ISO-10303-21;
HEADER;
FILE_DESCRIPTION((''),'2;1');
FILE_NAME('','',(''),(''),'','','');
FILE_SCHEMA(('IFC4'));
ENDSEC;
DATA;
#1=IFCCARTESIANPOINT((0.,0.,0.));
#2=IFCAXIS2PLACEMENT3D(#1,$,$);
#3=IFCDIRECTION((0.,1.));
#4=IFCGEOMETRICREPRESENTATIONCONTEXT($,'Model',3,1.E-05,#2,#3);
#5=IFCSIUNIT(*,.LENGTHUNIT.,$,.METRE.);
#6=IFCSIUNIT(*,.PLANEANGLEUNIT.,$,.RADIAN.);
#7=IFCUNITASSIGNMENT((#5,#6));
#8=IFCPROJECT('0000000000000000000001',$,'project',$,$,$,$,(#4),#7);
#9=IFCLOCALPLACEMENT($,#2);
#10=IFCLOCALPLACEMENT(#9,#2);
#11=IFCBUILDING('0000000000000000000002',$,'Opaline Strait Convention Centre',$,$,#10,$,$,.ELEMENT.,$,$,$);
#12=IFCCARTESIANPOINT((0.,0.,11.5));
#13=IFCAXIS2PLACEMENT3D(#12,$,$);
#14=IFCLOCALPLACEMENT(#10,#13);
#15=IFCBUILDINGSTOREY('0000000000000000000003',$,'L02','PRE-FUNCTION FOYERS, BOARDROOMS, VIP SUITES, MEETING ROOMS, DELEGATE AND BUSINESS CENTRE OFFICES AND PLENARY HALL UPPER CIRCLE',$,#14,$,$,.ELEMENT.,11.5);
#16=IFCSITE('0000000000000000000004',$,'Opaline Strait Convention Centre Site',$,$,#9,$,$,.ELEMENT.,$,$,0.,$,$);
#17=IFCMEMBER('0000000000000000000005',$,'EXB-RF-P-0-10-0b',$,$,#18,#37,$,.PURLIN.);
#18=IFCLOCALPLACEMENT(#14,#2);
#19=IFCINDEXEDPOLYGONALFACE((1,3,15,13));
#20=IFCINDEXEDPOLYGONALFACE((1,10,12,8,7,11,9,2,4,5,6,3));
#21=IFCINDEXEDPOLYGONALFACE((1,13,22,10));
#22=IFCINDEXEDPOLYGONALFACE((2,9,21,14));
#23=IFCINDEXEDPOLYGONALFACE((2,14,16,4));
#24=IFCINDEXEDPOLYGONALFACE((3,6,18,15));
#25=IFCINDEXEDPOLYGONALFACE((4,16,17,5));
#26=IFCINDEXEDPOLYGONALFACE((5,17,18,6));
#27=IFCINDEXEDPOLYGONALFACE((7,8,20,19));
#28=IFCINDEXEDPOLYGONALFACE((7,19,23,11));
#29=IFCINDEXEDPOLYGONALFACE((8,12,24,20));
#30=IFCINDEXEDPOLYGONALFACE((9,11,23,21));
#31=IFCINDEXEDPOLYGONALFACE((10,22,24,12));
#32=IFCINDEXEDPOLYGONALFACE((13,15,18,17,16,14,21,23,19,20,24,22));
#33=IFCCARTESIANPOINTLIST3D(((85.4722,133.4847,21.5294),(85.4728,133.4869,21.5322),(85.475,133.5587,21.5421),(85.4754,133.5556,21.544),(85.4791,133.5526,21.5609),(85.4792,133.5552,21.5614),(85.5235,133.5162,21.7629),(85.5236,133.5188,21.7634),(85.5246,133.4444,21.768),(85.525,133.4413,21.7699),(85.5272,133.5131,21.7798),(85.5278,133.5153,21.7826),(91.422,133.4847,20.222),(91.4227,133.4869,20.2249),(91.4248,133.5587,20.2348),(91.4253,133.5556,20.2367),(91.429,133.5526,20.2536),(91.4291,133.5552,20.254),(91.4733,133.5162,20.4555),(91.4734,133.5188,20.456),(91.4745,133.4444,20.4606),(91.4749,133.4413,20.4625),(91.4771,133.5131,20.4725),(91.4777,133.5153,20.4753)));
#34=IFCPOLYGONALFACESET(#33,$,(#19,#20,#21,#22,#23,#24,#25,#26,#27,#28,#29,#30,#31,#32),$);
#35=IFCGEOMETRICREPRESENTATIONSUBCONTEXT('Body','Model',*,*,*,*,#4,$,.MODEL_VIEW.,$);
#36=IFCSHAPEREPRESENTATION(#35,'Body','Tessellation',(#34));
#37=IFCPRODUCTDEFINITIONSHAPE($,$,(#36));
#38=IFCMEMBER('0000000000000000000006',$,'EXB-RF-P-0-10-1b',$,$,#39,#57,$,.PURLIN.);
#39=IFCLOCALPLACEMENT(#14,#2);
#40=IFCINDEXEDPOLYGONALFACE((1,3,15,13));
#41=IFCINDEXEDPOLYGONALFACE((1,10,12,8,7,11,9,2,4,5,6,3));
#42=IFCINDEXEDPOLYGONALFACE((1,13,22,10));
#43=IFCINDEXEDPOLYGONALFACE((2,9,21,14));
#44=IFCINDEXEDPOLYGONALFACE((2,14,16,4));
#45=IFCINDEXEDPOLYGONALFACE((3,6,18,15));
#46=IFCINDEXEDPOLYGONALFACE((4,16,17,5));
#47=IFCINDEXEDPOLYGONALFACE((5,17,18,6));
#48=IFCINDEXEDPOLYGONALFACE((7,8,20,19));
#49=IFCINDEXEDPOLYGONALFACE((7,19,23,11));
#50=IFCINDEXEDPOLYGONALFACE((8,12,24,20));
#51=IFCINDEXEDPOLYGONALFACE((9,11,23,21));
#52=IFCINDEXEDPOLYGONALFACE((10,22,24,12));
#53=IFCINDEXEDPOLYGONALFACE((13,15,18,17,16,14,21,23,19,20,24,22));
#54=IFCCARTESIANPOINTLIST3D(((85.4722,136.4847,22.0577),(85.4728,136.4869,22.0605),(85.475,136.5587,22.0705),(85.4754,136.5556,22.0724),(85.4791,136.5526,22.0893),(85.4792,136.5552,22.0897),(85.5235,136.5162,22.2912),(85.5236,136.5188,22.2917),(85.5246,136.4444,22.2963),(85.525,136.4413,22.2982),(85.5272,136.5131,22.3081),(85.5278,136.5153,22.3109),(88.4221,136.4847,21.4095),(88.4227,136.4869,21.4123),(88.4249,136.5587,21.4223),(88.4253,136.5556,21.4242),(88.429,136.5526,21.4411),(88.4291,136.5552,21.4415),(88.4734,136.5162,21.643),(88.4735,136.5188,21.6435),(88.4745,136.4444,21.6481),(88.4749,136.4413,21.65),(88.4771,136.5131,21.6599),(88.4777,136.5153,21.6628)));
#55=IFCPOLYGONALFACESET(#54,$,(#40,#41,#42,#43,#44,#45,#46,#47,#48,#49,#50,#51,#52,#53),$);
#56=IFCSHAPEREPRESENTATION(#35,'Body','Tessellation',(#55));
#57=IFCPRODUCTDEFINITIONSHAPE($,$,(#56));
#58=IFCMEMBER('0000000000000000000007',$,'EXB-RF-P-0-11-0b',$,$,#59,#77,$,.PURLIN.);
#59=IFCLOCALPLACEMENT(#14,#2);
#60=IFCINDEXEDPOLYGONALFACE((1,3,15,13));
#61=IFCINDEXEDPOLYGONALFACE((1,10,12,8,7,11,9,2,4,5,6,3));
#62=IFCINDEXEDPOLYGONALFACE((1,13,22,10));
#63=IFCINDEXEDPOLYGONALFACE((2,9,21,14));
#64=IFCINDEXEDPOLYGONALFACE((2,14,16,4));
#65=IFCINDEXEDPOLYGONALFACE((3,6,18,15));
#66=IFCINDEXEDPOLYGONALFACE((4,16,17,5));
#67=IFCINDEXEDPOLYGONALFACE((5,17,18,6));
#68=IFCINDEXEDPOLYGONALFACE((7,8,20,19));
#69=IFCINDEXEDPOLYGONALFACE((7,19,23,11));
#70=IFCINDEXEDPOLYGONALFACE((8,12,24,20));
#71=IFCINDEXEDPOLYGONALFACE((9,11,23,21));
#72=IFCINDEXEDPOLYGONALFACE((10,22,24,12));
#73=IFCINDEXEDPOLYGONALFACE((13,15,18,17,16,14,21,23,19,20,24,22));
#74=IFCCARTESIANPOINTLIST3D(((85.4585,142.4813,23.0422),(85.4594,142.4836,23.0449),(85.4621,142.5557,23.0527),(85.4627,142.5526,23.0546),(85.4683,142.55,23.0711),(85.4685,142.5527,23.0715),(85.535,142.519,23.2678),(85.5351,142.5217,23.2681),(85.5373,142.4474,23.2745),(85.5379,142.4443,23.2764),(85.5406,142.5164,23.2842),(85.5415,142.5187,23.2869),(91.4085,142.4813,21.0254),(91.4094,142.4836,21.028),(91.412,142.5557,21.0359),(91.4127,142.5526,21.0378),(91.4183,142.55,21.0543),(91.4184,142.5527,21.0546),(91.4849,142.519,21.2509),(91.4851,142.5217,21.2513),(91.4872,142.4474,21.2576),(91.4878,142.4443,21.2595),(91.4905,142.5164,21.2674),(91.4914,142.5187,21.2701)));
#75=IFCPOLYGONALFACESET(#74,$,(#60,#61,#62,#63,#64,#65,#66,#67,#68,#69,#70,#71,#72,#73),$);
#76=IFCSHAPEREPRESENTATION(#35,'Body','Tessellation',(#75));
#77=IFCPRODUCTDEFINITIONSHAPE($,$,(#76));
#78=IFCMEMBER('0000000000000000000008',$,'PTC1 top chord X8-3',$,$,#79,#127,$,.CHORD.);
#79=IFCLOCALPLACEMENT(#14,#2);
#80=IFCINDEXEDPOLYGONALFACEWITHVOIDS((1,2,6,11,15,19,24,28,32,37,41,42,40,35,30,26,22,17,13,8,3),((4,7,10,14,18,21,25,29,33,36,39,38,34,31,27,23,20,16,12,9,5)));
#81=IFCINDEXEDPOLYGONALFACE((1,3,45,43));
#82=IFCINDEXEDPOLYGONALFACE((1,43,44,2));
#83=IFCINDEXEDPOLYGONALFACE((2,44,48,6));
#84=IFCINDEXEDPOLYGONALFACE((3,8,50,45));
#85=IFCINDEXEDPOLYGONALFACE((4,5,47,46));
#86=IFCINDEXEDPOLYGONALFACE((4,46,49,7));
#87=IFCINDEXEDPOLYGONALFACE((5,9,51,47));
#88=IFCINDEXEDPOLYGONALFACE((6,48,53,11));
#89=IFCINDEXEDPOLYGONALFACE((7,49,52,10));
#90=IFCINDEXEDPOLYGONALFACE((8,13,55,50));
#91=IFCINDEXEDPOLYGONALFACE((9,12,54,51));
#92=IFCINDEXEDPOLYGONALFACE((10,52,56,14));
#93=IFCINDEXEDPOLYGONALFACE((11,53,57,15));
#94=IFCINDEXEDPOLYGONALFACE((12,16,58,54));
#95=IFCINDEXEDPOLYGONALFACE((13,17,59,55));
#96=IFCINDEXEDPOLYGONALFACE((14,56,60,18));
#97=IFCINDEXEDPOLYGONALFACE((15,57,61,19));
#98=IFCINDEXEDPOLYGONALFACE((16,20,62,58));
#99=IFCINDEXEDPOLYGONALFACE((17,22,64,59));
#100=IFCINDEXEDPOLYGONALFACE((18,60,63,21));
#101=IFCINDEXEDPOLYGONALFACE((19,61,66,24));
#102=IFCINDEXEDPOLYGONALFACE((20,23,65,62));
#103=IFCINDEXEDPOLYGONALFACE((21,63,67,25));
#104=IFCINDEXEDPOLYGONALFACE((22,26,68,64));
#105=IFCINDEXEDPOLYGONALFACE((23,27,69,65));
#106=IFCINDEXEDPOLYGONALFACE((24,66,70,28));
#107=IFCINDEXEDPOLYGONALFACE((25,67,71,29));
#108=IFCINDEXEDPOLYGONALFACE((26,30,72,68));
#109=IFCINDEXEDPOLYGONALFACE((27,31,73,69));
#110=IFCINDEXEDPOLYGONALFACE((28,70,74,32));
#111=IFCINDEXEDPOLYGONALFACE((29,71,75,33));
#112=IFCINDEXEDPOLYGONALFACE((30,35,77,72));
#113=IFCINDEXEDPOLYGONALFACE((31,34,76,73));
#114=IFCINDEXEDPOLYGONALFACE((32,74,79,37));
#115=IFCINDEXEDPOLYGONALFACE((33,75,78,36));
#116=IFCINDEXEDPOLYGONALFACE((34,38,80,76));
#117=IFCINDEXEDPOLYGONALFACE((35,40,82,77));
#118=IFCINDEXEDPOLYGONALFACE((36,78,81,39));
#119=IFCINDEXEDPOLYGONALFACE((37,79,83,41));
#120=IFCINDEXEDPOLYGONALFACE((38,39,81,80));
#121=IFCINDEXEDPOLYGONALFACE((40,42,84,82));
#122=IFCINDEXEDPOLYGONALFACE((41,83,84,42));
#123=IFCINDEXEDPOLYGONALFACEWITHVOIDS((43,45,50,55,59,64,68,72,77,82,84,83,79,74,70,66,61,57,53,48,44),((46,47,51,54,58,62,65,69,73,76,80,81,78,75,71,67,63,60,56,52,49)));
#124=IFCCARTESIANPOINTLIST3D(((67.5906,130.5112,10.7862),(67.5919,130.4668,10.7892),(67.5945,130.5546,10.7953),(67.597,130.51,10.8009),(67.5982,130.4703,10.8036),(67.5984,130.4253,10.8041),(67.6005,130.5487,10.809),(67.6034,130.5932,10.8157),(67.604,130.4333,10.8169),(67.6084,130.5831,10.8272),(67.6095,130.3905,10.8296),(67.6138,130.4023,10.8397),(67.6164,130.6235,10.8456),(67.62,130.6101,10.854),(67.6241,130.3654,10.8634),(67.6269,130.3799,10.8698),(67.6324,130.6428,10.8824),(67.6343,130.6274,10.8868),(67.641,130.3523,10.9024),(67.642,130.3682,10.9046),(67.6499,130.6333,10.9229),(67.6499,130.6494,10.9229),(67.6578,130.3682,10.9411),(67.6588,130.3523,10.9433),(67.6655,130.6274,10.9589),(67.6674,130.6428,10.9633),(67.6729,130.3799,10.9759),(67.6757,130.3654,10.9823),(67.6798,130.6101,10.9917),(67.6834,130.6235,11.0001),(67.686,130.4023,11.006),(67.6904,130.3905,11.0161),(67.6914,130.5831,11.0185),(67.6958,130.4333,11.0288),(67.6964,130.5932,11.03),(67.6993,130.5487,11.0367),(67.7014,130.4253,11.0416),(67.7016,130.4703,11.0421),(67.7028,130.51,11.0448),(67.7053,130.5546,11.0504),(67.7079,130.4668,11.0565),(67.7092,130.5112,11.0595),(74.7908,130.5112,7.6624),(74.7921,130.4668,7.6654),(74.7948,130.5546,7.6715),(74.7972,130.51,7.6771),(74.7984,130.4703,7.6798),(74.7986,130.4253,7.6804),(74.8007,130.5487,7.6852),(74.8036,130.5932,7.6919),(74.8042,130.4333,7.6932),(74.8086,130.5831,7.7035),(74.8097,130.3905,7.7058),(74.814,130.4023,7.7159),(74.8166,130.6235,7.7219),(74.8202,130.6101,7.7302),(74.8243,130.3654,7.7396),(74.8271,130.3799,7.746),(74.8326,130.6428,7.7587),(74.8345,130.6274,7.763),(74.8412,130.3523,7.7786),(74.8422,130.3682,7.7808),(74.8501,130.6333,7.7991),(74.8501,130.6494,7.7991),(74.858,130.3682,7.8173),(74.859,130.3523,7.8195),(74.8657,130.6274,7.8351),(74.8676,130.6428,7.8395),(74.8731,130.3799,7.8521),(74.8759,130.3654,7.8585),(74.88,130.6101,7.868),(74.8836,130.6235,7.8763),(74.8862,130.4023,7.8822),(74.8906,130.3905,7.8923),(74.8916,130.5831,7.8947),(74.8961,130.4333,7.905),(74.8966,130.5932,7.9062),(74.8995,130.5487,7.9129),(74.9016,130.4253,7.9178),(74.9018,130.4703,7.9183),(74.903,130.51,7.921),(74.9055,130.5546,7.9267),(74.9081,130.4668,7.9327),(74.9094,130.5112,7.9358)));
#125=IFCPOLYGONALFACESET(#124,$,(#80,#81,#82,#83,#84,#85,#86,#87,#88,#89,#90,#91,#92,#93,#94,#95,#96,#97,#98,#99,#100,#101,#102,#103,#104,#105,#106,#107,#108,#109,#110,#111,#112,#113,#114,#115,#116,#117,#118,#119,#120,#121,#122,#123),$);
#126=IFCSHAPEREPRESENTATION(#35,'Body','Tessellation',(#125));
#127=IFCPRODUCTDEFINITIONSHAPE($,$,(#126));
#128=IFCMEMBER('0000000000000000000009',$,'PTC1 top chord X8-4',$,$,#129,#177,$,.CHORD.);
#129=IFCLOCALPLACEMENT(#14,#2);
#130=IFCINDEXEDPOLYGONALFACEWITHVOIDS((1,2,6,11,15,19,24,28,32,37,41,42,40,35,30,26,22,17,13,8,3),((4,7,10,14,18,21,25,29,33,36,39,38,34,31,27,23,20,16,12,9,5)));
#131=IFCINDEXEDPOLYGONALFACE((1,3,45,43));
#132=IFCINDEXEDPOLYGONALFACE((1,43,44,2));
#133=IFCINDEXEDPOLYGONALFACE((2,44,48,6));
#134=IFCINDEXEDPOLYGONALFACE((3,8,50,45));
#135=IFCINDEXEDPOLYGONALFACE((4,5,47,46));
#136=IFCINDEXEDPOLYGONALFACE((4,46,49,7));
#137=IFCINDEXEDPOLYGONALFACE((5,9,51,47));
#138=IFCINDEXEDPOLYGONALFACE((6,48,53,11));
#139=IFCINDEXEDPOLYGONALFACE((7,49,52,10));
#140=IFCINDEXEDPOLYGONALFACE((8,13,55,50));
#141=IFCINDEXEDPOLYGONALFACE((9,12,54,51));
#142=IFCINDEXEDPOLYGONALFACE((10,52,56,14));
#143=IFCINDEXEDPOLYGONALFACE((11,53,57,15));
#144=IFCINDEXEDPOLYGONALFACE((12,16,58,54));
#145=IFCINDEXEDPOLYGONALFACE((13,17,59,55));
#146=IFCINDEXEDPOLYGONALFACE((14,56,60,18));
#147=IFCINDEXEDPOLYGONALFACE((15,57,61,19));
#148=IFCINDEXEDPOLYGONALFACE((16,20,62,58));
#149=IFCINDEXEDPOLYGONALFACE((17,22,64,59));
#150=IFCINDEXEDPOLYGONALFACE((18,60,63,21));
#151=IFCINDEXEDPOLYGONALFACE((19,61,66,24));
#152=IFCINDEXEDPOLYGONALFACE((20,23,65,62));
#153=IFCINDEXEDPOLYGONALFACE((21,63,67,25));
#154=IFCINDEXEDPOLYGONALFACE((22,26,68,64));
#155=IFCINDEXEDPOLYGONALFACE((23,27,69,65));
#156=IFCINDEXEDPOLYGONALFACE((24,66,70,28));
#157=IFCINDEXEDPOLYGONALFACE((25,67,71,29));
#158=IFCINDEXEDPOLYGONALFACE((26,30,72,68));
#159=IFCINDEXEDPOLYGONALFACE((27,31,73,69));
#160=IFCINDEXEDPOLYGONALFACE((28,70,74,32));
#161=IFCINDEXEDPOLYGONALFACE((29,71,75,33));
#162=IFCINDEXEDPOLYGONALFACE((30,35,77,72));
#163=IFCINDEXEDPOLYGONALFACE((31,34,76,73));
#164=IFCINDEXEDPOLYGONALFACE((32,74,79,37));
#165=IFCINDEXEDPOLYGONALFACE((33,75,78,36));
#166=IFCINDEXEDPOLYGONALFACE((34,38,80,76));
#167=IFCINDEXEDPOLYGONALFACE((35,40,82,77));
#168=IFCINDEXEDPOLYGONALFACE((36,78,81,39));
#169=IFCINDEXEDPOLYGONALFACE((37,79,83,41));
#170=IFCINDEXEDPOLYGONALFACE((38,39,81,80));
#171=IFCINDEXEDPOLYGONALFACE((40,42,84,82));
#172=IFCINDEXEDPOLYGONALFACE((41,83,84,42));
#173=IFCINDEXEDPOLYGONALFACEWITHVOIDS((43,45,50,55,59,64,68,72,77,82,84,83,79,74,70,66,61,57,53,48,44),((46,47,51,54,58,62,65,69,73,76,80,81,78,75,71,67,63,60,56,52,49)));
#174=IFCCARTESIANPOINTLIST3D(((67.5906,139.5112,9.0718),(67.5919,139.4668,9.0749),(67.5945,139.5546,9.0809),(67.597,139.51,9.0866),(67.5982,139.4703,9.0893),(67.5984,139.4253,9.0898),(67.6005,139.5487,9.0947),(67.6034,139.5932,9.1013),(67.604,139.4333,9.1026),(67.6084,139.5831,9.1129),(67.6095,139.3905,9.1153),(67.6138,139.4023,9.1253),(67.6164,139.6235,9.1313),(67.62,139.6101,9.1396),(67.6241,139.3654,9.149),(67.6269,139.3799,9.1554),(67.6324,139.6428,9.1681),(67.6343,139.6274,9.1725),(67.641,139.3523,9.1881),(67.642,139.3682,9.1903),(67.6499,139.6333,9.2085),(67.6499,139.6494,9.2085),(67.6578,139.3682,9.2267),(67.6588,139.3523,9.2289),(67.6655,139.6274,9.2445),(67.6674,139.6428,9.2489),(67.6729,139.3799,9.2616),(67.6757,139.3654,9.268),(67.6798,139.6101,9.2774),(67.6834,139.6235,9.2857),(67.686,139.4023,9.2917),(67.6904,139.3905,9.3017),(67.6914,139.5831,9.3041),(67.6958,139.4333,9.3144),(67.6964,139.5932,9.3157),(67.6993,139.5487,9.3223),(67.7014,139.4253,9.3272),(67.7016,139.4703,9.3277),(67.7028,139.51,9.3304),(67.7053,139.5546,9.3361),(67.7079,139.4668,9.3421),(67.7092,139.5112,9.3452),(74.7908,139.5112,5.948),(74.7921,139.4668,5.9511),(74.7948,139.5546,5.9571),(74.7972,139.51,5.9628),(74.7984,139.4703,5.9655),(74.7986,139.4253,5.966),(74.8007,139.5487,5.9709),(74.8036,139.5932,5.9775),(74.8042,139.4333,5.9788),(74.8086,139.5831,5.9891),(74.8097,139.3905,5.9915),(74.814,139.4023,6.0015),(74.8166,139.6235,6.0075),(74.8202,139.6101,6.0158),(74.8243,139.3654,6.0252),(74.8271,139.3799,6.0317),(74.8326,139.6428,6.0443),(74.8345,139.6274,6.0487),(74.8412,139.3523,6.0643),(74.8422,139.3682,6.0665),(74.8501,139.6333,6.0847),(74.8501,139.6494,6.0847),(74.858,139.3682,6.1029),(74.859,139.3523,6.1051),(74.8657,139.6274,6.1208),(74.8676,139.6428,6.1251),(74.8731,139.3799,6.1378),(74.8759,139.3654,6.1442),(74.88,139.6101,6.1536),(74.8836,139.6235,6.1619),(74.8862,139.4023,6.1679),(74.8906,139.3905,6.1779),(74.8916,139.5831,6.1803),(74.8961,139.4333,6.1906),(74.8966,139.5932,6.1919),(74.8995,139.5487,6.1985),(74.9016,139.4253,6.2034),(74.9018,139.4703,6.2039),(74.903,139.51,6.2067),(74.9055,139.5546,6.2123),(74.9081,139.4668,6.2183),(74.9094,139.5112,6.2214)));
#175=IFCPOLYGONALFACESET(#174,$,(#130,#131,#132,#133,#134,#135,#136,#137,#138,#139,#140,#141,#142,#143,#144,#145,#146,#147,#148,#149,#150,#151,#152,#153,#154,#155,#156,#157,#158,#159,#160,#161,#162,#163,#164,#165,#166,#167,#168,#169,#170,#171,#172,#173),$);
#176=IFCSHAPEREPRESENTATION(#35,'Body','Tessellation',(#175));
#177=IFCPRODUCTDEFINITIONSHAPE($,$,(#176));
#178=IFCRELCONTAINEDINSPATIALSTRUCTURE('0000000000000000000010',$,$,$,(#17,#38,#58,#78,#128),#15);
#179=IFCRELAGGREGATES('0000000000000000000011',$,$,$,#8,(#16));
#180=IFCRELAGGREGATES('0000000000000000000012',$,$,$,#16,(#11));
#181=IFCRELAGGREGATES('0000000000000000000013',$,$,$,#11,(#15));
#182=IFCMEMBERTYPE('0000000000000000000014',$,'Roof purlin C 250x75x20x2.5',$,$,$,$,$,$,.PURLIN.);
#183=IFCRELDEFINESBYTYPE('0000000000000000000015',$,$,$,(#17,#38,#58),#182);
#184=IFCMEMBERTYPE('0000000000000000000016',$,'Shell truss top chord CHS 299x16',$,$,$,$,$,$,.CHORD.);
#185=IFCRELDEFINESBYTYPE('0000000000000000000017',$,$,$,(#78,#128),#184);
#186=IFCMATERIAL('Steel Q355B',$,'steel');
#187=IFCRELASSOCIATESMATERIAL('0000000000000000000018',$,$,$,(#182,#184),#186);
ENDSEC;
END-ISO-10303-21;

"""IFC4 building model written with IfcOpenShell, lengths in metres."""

from ifc_helpers import new_model, si_unit, direction, frame, origin, origin_2d, place, context, subcontext, project, spatial, polyline, hollow_circle, outline, extrude, material, material_profile, profile_set, type_object, element, save


model = new_model("IFC4")

# Units and contexts
model_context = context("Model", 3, precision=1e-05, world=origin(), true_north=direction((0.0, 1.0)))
body_context = subcontext(model_context, "Body", "Model", "MODEL_VIEW")
ifc_project = project(units=[si_unit("LENGTHUNIT", "METRE"), si_unit("PLANEANGLEUNIT", "RADIAN")], contexts=[model_context])

# Site, building, storey
site_placement = place(None, origin())
site = spatial("IfcSite", under=ifc_project, at=site_placement, Name="Opaline Strait Convention Centre Site", CompositionType="ELEMENT", RefElevation=0.0)
building_placement = place(site_placement, origin())
building = spatial("IfcBuilding", under=site, at=building_placement, Name="Opaline Strait Convention Centre", CompositionType="ELEMENT")
storey_placement = place(building_placement, frame((0.0, 0.0, 11.5)))
storey = spatial("IfcBuildingStorey", under=building, at=storey_placement, Name="L02", Description="PRE-FUNCTION FOYERS, BOARDROOMS, VIP SUITES, MEETING ROOMS, DELEGATE AND BUSINESS CENTRE OFFICES AND PLENARY HALL UPPER CIRCLE", CompositionType="ELEMENT", Elevation=11.5)

# Members
ifc_material_1 = material(Name="Steel Q355B", Category="steel")
ifc_material_profile_1 = material_profile(ifc_material_1, outline(polyline([(-0.0376, -0.125), (0.0376, -0.125), (0.0376, -0.105), (0.0349, -0.105), (0.0349, -0.1226), (-0.0349, -0.1226), (-0.0349, 0.1226), (0.0349, 0.1226), (0.0349, 0.105), (0.0376, 0.105), (0.0376, 0.125), (-0.0376, 0.125), (-0.0376, -0.125)])), Name="C 250x75x20x2.5")
ifc_profile_set_1 = profile_set([ifc_material_profile_1], Name="Steel Q355B")
member_type_1 = type_object("IfcMemberType", Name="Roof purlin C 250x75x20x2.5", PredefinedType="PURLIN", material=ifc_profile_set_1)
member_1_placement = place(storey_placement, frame((85.5, 133.5, 21.656), z_axis=(0.9767, 0.0, -0.214609), x_axis=(0.037218, 0.984847, 0.169384)))
element("IfcMember", 1, at=member_1_placement, inside=storey, type_object=member_type_1, Name="EXB-RF-P-0-10-0b", PredefinedType="PURLIN", context=body_context, shape_type="SweptSolid", body=[
    extrude(outline(polyline([(-0.0376, -0.125), (0.0376, -0.125), (0.0376, -0.105), (0.0349, -0.105), (0.0349, -0.1226), (-0.0349, -0.1226), (-0.0349, 0.1226), (0.0349, 0.1226), (0.0349, 0.105), (0.0376, 0.105), (0.0376, 0.125), (-0.0376, 0.125), (-0.0376, -0.125)])), origin(), (0.0, 0.0, 1.0), 6.0918),
])
member_2_placement = place(storey_placement, frame((85.5, 136.5, 22.1843), z_axis=(0.9767, 0.0, -0.21461), x_axis=(0.037219, 0.984847, 0.169384)))
element("IfcMember", 2, at=member_2_placement, inside=storey, type_object=member_type_1, Name="EXB-RF-P-0-10-1b", PredefinedType="PURLIN", context=body_context, shape_type="SweptSolid", body=[
    extrude(outline(polyline([(-0.0376, -0.125), (0.0376, -0.125), (0.0376, -0.105), (0.0349, -0.105), (0.0349, -0.1226), (-0.0349, -0.1226), (-0.0349, 0.1226), (0.0349, 0.1226), (0.0349, 0.105), (0.0376, 0.105), (0.0376, 0.125), (-0.0376, 0.125), (-0.0376, -0.125)])), origin(), (0.0, 0.0, 1.0), 3.0203),
])
member_3_placement = place(storey_placement, frame((85.5, 142.5, 23.1646), z_axis=(0.94707, 0.0, -0.321027), x_axis=(0.047437, 0.989022, 0.139945)))
element("IfcMember", 3, at=member_3_placement, inside=storey, type_object=member_type_1, Name="EXB-RF-P-0-11-0b", PredefinedType="PURLIN", context=body_context, shape_type="SweptSolid", body=[
    extrude(outline(polyline([(-0.0376, -0.125), (0.0376, -0.125), (0.0376, -0.105), (0.0349, -0.105), (0.0349, -0.1226), (-0.0349, -0.1226), (-0.0349, 0.1226), (0.0349, 0.1226), (0.0349, 0.105), (0.0376, 0.105), (0.0376, 0.125), (-0.0376, 0.125), (-0.0376, -0.125)])), origin(), (0.0, 0.0, 1.0), 6.2825),
])
ifc_material_profile_2 = material_profile(ifc_material_1, hollow_circle(Radius=0.1494, WallThickness=0.0161, at=origin_2d()), Name="CHS 299x16")
ifc_profile_set_2 = profile_set([ifc_material_profile_2], Name="Steel Q355B")
member_type_2 = type_object("IfcMemberType", Name="Shell truss top chord CHS 299x16", PredefinedType="CHORD", material=ifc_profile_set_2)
for number, where, z_axis, x_axis, name in (
    (4, (67.6499, 130.5, 10.9229), (0.917384, 0.0, -0.398004), (0.0, 1.0, 0.0), "PTC1 top chord X8-3"),
    (5, (67.6499, 139.5, 9.2085), (0.917384, 0.0, -0.398004), (0.0, 1.0, 0.0), "PTC1 top chord X8-4"),
):
    element("IfcMember", number, at=place(storey_placement, frame(where, z_axis=z_axis, x_axis=x_axis)), inside=storey, type_object=member_type_2, Name=name, PredefinedType="CHORD", context=body_context, shape_type="SweptSolid", body=[
        extrude(hollow_circle(Radius=0.1494, WallThickness=0.0161, at=origin_2d()), origin(), (0.0, 0.0, 1.0), 7.8486),
    ])

save(model, "model.ifc")
